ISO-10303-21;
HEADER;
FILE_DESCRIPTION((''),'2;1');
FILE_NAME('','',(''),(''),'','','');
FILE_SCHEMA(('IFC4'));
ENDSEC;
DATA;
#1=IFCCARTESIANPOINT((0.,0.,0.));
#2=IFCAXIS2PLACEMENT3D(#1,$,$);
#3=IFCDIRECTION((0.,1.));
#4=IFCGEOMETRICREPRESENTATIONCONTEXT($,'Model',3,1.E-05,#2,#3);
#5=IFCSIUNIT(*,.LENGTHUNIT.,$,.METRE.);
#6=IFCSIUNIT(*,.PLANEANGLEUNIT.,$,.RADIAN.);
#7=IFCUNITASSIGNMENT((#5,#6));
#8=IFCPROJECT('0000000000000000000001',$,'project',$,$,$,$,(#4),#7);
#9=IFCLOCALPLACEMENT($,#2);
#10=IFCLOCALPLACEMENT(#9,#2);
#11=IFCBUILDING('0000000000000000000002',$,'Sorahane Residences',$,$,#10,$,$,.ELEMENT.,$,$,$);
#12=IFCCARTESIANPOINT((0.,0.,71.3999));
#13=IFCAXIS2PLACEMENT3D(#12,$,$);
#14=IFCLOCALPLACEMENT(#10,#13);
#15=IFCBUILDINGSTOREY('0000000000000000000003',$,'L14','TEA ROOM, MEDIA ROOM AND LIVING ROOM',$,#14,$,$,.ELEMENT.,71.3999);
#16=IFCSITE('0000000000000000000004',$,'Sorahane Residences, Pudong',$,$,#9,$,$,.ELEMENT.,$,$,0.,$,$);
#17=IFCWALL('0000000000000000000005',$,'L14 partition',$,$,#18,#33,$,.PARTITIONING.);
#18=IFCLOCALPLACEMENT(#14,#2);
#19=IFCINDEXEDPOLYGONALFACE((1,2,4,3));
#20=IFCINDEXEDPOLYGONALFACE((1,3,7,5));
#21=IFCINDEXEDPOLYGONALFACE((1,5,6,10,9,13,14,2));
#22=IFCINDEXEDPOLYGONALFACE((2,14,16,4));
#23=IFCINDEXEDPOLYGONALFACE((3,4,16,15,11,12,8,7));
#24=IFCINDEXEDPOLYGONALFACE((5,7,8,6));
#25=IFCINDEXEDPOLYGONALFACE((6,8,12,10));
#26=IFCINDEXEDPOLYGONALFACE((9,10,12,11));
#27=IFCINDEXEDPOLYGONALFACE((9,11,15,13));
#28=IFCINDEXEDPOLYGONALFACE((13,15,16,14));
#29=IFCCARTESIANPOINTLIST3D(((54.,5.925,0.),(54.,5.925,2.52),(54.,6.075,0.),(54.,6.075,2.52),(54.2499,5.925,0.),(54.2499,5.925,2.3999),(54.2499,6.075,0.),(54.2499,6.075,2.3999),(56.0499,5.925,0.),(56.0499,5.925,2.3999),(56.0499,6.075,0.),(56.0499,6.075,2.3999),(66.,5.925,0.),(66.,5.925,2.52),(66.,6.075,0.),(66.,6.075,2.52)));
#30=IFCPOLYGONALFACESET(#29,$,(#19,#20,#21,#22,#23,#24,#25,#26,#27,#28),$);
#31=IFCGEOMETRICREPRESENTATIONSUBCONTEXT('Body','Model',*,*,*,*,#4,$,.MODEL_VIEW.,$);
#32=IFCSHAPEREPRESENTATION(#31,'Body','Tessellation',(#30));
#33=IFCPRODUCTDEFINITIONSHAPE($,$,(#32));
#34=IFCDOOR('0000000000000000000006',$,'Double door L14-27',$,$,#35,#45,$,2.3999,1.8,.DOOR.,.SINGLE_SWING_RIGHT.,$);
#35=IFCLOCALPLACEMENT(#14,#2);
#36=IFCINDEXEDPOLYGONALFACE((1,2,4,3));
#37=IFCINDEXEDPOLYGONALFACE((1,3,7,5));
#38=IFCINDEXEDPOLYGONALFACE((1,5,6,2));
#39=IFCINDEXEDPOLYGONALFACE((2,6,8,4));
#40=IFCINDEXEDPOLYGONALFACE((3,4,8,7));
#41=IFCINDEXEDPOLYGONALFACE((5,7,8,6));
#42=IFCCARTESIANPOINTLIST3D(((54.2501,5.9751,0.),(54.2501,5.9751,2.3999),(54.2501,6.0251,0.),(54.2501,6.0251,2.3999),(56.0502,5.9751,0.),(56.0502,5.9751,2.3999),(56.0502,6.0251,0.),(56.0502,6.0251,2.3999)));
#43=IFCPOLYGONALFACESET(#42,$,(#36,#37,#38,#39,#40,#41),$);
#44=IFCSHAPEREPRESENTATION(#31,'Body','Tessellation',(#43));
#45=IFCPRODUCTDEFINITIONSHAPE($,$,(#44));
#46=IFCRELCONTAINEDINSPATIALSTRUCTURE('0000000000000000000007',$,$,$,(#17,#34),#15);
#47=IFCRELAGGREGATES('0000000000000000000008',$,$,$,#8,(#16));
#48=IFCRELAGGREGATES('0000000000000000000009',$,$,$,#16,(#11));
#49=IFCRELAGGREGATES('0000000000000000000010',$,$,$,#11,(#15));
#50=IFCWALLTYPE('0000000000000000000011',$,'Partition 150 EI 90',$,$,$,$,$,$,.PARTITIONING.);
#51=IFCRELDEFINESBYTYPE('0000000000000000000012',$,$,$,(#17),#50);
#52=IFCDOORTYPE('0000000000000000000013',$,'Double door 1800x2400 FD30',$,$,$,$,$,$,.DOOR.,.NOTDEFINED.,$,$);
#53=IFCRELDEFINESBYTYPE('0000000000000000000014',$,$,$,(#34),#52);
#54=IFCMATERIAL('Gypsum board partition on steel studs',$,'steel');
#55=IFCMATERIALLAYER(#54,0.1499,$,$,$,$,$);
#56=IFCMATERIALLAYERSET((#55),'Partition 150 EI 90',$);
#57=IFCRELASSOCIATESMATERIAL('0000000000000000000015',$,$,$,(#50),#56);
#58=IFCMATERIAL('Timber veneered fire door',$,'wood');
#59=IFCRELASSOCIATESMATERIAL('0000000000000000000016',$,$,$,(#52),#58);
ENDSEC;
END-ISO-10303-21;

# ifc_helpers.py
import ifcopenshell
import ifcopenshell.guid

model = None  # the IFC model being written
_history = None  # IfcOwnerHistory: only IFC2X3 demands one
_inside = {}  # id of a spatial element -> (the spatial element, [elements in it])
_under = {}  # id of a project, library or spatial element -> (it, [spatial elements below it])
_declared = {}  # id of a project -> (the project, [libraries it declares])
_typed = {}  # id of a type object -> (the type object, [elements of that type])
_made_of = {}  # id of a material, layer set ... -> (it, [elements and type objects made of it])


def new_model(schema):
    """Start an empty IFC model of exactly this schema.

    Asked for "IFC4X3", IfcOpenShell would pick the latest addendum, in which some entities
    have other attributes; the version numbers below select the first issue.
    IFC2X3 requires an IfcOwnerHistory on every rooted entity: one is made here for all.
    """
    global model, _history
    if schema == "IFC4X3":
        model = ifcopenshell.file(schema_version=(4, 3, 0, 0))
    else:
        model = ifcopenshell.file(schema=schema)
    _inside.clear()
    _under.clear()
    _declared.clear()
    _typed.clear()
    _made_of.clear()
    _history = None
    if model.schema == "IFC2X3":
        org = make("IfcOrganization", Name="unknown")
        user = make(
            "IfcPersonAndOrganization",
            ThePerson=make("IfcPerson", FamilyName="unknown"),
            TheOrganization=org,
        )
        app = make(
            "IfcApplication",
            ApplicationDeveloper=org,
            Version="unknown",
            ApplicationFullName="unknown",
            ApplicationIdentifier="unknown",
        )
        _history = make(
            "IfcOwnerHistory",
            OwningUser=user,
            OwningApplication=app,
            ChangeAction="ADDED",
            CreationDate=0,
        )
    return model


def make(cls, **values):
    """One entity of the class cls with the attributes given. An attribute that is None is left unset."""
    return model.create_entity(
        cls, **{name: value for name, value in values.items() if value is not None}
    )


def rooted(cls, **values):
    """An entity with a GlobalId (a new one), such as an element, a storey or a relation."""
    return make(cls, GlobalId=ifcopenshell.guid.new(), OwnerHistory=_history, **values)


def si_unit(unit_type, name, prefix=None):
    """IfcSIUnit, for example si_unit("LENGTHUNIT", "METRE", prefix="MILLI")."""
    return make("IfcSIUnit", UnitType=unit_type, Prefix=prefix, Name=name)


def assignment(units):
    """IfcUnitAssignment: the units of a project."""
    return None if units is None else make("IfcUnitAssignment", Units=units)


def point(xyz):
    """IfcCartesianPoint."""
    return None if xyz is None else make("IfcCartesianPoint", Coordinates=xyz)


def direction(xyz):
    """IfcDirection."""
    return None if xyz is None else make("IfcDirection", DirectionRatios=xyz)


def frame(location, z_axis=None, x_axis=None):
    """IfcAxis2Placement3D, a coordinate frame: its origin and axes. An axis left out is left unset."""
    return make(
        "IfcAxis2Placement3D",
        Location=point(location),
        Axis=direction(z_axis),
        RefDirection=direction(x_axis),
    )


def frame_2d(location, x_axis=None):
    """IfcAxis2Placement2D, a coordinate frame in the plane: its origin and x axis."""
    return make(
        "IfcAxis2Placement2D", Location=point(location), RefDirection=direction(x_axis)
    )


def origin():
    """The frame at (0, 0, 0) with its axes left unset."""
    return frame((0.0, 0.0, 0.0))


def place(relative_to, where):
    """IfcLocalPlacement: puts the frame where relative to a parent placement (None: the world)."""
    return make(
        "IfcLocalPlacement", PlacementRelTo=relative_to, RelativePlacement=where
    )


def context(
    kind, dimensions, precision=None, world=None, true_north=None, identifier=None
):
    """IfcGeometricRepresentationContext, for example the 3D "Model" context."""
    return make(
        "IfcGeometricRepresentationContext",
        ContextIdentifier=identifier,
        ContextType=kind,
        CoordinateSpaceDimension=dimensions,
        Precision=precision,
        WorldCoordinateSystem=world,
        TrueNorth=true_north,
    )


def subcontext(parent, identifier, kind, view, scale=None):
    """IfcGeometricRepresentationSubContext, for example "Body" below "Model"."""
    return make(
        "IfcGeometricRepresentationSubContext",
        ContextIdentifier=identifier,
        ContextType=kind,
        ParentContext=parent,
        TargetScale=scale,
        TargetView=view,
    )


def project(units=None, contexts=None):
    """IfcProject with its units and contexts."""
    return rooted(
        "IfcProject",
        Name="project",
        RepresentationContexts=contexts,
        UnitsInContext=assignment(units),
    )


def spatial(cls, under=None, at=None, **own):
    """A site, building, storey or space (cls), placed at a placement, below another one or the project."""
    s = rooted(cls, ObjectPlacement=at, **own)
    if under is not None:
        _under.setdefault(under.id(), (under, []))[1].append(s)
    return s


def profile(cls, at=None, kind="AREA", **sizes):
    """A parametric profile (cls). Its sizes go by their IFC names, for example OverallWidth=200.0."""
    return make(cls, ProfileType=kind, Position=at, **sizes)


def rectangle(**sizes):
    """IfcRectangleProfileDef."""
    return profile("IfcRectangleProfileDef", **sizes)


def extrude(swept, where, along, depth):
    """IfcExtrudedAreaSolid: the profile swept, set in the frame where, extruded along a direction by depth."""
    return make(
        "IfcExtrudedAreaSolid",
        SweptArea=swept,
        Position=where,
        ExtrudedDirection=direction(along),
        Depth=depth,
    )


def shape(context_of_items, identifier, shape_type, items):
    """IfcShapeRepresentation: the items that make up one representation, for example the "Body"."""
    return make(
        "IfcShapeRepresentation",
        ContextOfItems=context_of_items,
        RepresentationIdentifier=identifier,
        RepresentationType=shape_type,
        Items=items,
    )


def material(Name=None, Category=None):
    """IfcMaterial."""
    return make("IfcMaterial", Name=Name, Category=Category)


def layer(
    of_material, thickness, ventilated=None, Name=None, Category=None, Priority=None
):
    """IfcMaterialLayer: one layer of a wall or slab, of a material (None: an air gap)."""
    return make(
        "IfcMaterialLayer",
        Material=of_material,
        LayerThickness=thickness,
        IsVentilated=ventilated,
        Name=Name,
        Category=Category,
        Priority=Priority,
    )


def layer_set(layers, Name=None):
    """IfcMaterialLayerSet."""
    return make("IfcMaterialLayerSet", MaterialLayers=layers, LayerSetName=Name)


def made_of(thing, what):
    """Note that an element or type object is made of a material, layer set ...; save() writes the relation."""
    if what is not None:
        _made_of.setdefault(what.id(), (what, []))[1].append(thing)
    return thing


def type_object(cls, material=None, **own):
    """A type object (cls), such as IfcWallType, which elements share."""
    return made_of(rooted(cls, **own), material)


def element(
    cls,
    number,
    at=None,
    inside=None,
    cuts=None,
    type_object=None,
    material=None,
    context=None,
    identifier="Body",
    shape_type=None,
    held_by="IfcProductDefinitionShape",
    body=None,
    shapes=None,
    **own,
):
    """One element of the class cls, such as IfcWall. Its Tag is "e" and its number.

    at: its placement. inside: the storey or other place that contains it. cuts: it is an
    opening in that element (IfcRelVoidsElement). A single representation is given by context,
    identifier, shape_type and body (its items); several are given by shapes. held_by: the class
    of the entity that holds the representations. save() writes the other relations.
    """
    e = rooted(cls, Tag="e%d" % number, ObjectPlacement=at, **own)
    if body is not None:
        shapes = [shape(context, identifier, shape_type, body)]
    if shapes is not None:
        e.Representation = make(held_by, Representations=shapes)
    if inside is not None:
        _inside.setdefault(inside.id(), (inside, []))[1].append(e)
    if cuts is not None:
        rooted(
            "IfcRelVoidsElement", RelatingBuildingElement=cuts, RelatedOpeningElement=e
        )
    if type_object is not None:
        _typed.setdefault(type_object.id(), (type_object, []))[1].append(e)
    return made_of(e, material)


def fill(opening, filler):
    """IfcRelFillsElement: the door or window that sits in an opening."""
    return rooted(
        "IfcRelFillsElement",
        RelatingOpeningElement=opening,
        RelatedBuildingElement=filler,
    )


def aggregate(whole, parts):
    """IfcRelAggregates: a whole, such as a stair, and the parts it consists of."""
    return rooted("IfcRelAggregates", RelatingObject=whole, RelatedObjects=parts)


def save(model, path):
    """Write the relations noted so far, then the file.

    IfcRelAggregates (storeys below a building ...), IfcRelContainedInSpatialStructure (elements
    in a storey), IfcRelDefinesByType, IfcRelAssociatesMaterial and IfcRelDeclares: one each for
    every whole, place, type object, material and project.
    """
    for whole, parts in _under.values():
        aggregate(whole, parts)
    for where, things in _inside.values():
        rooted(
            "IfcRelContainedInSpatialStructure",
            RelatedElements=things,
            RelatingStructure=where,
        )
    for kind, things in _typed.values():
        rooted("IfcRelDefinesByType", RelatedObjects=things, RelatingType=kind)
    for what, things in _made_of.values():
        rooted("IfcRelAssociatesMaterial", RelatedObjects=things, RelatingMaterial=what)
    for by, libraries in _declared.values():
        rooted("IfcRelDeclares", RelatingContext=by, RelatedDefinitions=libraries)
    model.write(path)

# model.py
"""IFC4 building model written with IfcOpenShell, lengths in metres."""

from ifc_helpers import new_model, si_unit, direction, frame, frame_2d, origin, place, context, subcontext, project, spatial, rectangle, extrude, material, layer, layer_set, type_object, element, fill, save


model = new_model("IFC4")

# Units and contexts
model_context = context("Model", 3, precision=1e-05, world=origin(), true_north=direction((0.0, 1.0)))
body_context = subcontext(model_context, "Body", "Model", "MODEL_VIEW")
ifc_project = project(units=[si_unit("LENGTHUNIT", "METRE"), si_unit("PLANEANGLEUNIT", "RADIAN")], contexts=[model_context])

# Site, building, storey
site_placement = place(None, origin())
site = spatial("IfcSite", under=ifc_project, at=site_placement, Name="Sorahane Residences, Pudong", CompositionType="ELEMENT", RefElevation=0.0)
building_placement = place(site_placement, origin())
building = spatial("IfcBuilding", under=site, at=building_placement, Name="Sorahane Residences", CompositionType="ELEMENT")
storey_placement = place(building_placement, frame((0.0, 0.0, 71.3999)))
storey = spatial("IfcBuildingStorey", under=building, at=storey_placement, Name="L14", Description="TEA ROOM, MEDIA ROOM AND LIVING ROOM", CompositionType="ELEMENT", Elevation=71.3999)

# Shared definitions
ifc_material_1 = material(Name="Gypsum board partition on steel studs", Category="steel")
ifc_layer_1 = layer(ifc_material_1, 0.1499)
ifc_layer_set_1 = layer_set([ifc_layer_1], Name="Partition 150 EI 90")
wall_type = type_object("IfcWallType", Name="Partition 150 EI 90", PredefinedType="PARTITIONING", material=ifc_layer_set_1)

# Wall, opening, door
wall_1_placement = place(storey_placement, frame((54.0, 6.0, 0.0), z_axis=(0.0, 0.0, 1.0), x_axis=(1.0, 0.0, 0.0)))
wall_1 = element("IfcWall", 1, at=wall_1_placement, inside=storey, type_object=wall_type, Name="L14 partition", PredefinedType="PARTITIONING", context=body_context, shape_type="SweptSolid", body=[
    extrude(rectangle(XDim=12.0, YDim=0.1499, at=frame_2d((6.0, 0.0))), origin(), (0.0, 0.0, 1.0), 2.52),
])
opening_1_placement = place(wall_1_placement, frame((0.25, 0.0, 0.0)))
opening_1 = element("IfcOpeningElement", 2, at=opening_1_placement, cuts=wall_1, PredefinedType="OPENING", context=body_context, shape_type="SweptSolid", body=[
    extrude(rectangle(XDim=1.8, YDim=2.3999, at=frame_2d((0.8999, 1.2))), frame((0.0, 0.085, 0.0), z_axis=(0.0, -1.0, 0.0), x_axis=(1.0, 0.0, 0.0)), (0.0, 0.0, 1.0), 0.1699),
])
ifc_material_2 = material(Name="Timber veneered fire door", Category="wood")
door_type_1 = type_object("IfcDoorType", Name="Double door 1800x2400 FD30", OperationType="NOTDEFINED", PredefinedType="DOOR", material=ifc_material_2)
door_1_placement = place(opening_1_placement, frame((1.8, 0.0, 0.0), z_axis=(0.0, 0.0, 1.0), x_axis=(-1.0, 0.0, 0.0)))
door_1 = element("IfcDoor", 3, at=door_1_placement, inside=storey, type_object=door_type_1, Name="Double door L14-27", OperationType="SINGLE_SWING_RIGHT", OverallHeight=2.3999, OverallWidth=1.8, PredefinedType="DOOR", context=body_context, shape_type="SweptSolid", body=[
    extrude(rectangle(XDim=1.8, YDim=2.3999, at=frame_2d((0.8999, 1.2))), frame((0.0, 0.0249, 0.0), z_axis=(0.0, -1.0, 0.0), x_axis=(1.0, 0.0, 0.0)), (0.0, 0.0, 1.0), 0.05),
])
fill(opening_1, door_1)

save(model, "model.ifc")
